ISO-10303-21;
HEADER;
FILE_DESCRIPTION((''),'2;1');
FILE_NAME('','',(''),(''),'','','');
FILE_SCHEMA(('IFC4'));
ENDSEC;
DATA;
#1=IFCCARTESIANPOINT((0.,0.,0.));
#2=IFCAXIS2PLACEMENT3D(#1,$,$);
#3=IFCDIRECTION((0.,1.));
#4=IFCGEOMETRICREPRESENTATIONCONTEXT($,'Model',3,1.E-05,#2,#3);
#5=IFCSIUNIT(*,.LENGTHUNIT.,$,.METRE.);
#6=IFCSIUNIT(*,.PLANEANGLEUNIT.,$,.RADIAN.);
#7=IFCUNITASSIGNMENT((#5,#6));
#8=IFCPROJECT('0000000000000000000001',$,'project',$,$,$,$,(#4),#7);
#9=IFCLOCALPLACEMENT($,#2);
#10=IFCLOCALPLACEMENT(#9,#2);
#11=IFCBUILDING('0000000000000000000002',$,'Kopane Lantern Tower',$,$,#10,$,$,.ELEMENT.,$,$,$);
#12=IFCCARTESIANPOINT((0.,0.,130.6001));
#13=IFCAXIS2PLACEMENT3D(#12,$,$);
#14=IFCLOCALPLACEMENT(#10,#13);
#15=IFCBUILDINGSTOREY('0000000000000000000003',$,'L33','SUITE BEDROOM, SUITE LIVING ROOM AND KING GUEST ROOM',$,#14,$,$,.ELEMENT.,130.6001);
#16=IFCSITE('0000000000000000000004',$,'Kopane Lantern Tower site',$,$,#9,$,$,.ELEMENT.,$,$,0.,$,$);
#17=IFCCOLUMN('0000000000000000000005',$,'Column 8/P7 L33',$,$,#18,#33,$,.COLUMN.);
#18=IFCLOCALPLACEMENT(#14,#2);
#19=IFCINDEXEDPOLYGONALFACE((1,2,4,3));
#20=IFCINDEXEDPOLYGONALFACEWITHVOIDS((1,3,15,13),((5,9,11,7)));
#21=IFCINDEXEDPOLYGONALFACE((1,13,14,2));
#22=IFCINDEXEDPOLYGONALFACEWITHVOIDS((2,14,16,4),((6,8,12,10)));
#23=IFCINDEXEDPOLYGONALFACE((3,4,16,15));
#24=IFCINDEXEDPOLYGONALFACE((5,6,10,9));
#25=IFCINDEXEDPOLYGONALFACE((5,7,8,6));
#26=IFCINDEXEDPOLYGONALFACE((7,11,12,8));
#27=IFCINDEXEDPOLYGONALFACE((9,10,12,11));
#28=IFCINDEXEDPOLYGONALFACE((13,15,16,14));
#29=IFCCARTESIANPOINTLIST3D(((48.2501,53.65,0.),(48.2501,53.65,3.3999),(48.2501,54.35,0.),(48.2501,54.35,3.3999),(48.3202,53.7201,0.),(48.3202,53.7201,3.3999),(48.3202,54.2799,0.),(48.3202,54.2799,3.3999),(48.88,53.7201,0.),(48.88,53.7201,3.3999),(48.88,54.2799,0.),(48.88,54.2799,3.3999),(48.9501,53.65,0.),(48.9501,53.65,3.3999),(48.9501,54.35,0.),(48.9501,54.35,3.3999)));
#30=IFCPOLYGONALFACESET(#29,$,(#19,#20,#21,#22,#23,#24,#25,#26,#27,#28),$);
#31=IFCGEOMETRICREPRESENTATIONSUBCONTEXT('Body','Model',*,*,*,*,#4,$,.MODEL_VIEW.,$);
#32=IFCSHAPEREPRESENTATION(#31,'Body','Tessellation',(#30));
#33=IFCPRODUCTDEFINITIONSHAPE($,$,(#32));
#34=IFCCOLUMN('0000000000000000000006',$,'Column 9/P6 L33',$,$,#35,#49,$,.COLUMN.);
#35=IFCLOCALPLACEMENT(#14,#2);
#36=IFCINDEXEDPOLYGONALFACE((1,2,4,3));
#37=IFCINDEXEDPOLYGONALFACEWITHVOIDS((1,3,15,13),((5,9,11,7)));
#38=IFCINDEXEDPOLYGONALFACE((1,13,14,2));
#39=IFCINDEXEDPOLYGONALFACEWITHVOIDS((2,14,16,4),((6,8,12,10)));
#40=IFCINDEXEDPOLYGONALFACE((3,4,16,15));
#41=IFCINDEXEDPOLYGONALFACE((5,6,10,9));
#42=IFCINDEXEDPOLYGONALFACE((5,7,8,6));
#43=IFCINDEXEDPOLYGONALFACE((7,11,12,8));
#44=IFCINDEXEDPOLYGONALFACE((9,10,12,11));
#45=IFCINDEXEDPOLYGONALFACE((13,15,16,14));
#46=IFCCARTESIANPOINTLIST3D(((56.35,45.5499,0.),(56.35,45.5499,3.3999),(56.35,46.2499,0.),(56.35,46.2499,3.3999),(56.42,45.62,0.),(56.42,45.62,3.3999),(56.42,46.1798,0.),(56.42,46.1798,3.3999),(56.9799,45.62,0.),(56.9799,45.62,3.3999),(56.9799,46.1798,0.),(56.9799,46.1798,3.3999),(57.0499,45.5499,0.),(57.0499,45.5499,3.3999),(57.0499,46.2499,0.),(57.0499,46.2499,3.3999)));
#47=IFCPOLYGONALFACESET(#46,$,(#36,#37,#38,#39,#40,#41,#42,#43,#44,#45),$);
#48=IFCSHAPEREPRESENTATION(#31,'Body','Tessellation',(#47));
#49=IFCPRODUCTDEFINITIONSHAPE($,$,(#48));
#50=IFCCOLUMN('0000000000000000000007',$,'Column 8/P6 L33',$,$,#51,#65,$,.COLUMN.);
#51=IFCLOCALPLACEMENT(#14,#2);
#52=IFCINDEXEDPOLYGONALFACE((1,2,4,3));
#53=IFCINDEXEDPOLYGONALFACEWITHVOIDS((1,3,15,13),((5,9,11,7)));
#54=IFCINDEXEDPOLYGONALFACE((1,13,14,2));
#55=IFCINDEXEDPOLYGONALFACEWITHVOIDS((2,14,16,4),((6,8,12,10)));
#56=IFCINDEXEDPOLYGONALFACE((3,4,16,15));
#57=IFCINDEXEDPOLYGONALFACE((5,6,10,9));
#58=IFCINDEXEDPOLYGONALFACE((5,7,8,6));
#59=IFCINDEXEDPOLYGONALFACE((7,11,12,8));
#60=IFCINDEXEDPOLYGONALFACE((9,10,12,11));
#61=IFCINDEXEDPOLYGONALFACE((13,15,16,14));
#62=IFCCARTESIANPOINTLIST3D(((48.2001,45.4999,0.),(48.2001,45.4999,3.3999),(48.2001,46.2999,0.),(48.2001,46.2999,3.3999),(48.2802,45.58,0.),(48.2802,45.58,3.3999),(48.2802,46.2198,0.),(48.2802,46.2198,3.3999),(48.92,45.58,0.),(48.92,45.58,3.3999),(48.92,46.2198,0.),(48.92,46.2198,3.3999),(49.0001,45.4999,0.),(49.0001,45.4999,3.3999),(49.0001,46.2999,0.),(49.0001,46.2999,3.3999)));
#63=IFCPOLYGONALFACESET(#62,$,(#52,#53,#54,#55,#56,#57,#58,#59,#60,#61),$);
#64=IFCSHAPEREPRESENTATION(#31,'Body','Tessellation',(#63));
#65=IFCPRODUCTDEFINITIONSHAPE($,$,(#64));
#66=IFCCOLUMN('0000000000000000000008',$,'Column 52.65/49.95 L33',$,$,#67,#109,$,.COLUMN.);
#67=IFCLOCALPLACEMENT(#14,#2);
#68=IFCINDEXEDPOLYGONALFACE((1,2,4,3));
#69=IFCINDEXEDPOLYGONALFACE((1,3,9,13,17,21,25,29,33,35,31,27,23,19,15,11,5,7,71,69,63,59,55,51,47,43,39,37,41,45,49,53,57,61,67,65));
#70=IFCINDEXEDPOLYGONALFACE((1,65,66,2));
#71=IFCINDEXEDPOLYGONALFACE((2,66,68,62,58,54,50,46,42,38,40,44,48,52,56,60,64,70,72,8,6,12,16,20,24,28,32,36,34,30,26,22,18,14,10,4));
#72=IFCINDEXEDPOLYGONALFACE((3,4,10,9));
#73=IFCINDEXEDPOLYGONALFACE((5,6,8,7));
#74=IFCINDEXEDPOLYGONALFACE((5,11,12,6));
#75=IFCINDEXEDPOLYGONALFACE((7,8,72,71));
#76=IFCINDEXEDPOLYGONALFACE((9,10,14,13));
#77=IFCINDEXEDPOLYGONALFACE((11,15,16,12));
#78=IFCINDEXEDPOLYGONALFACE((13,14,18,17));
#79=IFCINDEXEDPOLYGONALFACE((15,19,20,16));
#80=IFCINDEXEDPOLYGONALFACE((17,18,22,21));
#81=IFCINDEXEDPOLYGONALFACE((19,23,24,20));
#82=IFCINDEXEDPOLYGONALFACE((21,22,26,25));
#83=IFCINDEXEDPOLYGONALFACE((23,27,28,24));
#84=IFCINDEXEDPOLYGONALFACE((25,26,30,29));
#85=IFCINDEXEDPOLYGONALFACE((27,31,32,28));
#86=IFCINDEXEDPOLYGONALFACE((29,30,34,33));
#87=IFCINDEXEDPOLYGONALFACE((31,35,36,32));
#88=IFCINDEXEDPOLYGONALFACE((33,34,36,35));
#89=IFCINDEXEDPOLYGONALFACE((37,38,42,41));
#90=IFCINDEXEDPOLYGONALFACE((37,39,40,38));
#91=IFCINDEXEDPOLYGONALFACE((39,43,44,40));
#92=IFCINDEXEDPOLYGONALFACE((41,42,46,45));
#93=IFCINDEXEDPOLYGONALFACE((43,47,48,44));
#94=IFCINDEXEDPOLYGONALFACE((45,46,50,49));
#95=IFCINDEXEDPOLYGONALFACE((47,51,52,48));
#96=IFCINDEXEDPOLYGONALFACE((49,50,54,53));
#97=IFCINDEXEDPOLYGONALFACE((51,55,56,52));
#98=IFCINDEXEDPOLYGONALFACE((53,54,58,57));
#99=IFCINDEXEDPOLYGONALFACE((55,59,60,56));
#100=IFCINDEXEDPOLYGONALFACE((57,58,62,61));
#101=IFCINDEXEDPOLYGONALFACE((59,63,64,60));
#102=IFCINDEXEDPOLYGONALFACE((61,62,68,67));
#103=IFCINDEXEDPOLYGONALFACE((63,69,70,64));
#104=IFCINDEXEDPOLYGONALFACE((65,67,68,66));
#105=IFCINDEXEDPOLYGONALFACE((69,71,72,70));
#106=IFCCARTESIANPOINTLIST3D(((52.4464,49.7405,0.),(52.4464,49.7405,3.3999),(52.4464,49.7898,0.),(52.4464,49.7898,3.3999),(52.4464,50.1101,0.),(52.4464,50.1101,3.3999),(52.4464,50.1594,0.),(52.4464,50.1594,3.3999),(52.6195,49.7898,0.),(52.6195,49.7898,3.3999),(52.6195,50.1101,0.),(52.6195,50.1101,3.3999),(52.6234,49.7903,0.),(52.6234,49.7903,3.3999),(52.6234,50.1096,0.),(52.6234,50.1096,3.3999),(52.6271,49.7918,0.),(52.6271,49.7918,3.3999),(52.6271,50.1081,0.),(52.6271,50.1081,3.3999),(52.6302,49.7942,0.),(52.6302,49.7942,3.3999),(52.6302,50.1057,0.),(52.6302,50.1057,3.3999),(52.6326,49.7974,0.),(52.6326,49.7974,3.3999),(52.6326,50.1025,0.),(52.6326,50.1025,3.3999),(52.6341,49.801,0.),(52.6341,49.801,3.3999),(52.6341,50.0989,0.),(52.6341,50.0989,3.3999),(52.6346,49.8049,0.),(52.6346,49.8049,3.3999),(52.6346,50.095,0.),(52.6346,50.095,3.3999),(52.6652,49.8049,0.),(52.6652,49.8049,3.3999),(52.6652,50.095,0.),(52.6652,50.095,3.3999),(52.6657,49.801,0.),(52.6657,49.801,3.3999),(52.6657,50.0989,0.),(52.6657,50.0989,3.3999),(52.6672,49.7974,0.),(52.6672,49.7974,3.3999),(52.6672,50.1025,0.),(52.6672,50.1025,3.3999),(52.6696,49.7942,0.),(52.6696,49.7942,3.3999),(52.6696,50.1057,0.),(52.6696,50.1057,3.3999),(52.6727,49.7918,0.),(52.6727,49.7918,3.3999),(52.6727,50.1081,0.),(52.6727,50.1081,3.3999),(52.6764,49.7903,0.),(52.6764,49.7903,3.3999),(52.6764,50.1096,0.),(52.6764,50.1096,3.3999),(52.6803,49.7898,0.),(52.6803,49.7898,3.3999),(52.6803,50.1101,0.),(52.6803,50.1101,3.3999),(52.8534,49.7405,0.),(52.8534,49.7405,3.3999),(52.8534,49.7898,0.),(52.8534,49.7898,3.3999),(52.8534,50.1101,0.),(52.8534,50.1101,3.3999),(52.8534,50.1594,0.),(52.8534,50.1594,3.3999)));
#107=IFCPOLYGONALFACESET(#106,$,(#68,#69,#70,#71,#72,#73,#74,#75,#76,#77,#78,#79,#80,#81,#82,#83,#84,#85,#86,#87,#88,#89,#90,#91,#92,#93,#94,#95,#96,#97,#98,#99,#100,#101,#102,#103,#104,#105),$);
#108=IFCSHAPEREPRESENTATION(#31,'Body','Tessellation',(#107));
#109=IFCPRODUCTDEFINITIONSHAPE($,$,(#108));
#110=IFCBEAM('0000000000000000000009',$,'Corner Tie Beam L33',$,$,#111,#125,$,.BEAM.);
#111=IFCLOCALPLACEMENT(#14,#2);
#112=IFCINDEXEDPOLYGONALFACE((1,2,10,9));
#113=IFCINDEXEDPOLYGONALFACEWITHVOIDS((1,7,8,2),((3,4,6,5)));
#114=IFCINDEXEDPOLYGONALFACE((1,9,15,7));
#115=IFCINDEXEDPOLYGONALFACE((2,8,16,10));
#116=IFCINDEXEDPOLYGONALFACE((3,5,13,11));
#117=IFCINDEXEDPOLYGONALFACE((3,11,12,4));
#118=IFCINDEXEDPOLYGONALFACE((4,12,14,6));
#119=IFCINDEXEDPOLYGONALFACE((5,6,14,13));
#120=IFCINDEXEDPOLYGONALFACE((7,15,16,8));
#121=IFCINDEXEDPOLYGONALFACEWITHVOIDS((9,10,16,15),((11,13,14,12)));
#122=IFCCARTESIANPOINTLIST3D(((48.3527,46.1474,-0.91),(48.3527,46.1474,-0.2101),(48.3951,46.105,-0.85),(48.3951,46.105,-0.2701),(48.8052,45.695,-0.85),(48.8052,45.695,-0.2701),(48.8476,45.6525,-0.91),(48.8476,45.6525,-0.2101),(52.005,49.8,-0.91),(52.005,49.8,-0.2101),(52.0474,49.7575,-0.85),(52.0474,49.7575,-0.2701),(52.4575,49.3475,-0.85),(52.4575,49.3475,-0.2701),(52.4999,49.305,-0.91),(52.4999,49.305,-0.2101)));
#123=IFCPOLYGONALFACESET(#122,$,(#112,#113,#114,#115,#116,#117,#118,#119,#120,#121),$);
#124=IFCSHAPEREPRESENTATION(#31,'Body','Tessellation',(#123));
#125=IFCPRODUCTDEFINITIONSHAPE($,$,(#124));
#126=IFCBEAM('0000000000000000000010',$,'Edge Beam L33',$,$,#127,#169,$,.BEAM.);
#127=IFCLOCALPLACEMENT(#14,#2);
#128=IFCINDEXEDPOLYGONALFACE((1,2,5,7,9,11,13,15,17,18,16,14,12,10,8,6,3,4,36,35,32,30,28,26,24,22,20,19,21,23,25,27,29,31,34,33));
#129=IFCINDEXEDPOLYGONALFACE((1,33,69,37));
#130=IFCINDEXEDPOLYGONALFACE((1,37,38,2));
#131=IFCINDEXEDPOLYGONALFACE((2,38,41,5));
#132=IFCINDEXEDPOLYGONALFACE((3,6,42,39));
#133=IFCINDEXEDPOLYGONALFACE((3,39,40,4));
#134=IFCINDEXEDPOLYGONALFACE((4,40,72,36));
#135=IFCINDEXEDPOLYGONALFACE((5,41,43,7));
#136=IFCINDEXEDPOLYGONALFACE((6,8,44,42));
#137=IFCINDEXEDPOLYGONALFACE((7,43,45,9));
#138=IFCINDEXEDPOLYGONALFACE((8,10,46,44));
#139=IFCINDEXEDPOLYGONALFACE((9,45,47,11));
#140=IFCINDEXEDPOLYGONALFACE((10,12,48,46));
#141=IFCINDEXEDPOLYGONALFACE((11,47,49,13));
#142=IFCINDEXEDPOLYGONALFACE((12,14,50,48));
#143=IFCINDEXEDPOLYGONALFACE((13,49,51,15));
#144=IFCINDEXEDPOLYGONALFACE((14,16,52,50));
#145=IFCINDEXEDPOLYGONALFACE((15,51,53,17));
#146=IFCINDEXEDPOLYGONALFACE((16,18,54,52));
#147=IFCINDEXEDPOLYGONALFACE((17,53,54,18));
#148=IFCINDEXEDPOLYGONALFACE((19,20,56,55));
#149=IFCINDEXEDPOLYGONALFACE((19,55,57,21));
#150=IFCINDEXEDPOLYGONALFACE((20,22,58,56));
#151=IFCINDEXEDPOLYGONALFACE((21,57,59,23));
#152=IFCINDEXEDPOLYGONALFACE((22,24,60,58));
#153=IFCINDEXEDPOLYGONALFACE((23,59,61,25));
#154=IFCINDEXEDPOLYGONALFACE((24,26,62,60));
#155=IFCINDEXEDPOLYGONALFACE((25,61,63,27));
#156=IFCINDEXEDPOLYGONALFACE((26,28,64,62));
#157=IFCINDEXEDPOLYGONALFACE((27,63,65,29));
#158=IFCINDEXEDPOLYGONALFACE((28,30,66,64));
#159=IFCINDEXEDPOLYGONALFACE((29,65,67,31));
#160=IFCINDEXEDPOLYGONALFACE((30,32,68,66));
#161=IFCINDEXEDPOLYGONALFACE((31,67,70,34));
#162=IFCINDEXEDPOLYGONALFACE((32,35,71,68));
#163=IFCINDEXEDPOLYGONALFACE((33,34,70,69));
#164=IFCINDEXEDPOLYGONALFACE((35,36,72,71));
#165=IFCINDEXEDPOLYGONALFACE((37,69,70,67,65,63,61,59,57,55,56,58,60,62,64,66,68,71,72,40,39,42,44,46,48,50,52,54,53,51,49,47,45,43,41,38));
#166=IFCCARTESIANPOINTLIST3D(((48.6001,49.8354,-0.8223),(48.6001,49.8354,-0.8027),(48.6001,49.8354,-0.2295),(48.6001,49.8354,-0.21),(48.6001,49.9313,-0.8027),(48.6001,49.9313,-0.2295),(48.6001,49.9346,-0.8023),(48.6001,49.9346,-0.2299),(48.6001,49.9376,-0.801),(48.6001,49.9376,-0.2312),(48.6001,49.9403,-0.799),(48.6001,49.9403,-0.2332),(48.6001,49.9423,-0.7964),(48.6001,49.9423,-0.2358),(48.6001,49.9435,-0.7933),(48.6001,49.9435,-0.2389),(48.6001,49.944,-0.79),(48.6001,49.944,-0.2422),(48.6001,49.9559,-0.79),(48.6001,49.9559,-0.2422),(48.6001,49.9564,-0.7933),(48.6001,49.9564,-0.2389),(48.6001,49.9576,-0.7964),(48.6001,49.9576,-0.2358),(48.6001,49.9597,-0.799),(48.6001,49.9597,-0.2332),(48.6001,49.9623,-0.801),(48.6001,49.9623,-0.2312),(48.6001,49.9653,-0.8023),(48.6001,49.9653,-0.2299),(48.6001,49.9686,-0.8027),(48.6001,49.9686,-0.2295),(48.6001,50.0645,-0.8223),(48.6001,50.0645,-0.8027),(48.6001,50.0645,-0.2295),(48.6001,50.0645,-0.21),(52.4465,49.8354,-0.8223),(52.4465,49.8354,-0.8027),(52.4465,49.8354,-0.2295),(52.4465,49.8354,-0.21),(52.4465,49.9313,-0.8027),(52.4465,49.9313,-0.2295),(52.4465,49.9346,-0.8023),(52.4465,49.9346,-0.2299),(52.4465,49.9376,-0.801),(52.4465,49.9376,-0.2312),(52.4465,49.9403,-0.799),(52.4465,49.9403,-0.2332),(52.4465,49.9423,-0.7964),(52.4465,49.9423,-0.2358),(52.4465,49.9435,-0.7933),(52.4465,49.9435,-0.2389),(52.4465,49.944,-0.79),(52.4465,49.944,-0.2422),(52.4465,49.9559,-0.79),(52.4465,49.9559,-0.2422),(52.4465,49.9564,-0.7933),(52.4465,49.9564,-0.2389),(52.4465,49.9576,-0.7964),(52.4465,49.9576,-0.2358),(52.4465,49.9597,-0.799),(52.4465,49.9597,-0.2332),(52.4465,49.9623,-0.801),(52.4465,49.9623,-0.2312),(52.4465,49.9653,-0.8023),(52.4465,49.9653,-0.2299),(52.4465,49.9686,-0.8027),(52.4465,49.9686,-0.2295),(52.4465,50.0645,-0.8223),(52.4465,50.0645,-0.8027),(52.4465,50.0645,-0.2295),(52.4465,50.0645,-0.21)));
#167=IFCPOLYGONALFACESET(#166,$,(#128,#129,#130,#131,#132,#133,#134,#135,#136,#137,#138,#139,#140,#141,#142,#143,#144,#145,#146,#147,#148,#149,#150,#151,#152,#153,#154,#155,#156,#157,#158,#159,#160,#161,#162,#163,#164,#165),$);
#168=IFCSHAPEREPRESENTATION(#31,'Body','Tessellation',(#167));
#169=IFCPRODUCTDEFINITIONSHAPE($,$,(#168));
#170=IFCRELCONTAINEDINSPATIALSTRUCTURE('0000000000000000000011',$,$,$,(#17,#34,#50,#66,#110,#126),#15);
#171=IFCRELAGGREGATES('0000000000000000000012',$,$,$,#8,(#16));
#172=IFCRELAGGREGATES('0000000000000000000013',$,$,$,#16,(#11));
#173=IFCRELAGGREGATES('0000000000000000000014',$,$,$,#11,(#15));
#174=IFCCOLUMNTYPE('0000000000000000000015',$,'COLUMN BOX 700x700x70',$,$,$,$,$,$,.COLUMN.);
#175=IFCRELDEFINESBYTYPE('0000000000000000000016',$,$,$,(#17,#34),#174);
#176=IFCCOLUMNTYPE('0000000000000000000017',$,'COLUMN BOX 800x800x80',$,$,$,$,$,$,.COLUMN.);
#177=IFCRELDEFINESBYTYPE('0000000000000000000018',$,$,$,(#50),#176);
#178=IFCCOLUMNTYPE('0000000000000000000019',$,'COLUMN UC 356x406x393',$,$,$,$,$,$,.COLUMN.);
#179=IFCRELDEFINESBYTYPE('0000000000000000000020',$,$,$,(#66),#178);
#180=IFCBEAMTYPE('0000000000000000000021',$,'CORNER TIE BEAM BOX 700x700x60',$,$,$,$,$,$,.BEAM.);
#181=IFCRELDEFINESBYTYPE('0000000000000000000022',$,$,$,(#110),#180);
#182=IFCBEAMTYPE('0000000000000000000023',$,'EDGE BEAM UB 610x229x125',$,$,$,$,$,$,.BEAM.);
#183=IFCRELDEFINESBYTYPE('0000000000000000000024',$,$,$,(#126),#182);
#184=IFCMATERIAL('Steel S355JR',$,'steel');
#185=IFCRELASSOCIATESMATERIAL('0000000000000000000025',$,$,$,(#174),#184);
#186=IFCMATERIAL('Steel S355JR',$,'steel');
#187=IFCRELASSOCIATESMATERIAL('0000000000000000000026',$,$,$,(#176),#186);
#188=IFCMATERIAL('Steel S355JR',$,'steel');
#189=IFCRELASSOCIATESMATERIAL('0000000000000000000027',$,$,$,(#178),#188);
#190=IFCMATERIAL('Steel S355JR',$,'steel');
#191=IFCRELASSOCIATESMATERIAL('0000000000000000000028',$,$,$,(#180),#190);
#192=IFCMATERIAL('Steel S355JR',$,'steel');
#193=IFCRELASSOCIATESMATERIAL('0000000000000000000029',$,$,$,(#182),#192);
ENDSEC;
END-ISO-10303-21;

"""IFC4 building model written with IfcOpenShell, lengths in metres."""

from ifc_helpers import new_model, si_unit, direction, frame, origin, origin_2d, place, context, subcontext, project, spatial, hollow_rectangle, i_section, extrude, material, material_profile, profile_set, type_object, element, save


model = new_model("IFC4")

# Units and contexts
model_context = context("Model", 3, precision=1e-05, world=origin(), true_north=direction((0.0, 1.0)))
body_context = subcontext(model_context, "Body", "Model", "MODEL_VIEW")
ifc_project = project(units=[si_unit("LENGTHUNIT", "METRE"), si_unit("PLANEANGLEUNIT", "RADIAN")], contexts=[model_context])

# Site, building, storey
site_placement = place(None, origin())
site = spatial("IfcSite", under=ifc_project, at=site_placement, Name="Kopane Lantern Tower site", CompositionType="ELEMENT", RefElevation=0.0)
building_placement = place(site_placement, origin())
building = spatial("IfcBuilding", under=site, at=building_placement, Name="Kopane Lantern Tower", CompositionType="ELEMENT")
storey_placement = place(building_placement, frame((0.0, 0.0, 130.6001)))
storey = spatial("IfcBuildingStorey", under=building, at=storey_placement, Name="L33", Description="SUITE BEDROOM, SUITE LIVING ROOM AND KING GUEST ROOM", CompositionType="ELEMENT", Elevation=130.6001)

# Columns
ifc_material_1 = material(Name="Steel S355JR", Category="steel")
ifc_material_profile_1 = material_profile(ifc_material_1, hollow_rectangle(XDim=0.7, YDim=0.7, WallThickness=0.0701, at=origin_2d()), Name="BOX 700x700x70")
ifc_profile_set_1 = profile_set([ifc_material_profile_1], Name="Steel S355JR")
column_type_1 = type_object("IfcColumnType", Name="COLUMN BOX 700x700x70", PredefinedType="COLUMN", material=ifc_profile_set_1)
for number, where, z_axis, x_axis, name in (
    (1, (48.6001, 54.0, 0.0), (0.0, 0.0, 1.0), (1.0, 0.0, 0.0), "Column 8/P7 L33"),
    (2, (56.7, 45.8999, 0.0), (0.0, 0.0, 1.0), (1.0, 0.0, 0.0), "Column 9/P6 L33"),
):
    element("IfcColumn", number, at=place(storey_placement, frame(where, z_axis=z_axis, x_axis=x_axis)), inside=storey, type_object=column_type_1, Name=name, PredefinedType="COLUMN", context=body_context, shape_type="SweptSolid", body=[
        extrude(hollow_rectangle(XDim=0.7, YDim=0.7, WallThickness=0.0701, at=origin_2d()), origin(), (0.0, 0.0, 1.0), 3.3999),
    ])
ifc_material_2 = material(Name="Steel S355JR", Category="steel")
ifc_material_profile_2 = material_profile(ifc_material_2, hollow_rectangle(XDim=0.8, YDim=0.8, WallThickness=0.0801, at=origin_2d()), Name="BOX 800x800x80")
ifc_profile_set_2 = profile_set([ifc_material_profile_2], Name="Steel S355JR")
column_type_2 = type_object("IfcColumnType", Name="COLUMN BOX 800x800x80", PredefinedType="COLUMN", material=ifc_profile_set_2)
column_1_placement = place(storey_placement, frame((48.6001, 45.8999, 0.0), z_axis=(0.0, 0.0, 1.0), x_axis=(1.0, 0.0, 0.0)))
element("IfcColumn", 3, at=column_1_placement, inside=storey, type_object=column_type_2, Name="Column 8/P6 L33", PredefinedType="COLUMN", context=body_context, shape_type="SweptSolid", body=[
    extrude(hollow_rectangle(XDim=0.8, YDim=0.8, WallThickness=0.0801, at=origin_2d()), origin(), (0.0, 0.0, 1.0), 3.3999),
])
ifc_material_3 = material(Name="Steel S355JR", Category="steel")
ifc_material_profile_3 = material_profile(ifc_material_3, i_section(OverallWidth=0.407, OverallDepth=0.4189, WebThickness=0.0305, FlangeThickness=0.0493, FilletRadius=0.0151, at=origin_2d()), Name="UC 356x406x393")
ifc_profile_set_3 = profile_set([ifc_material_profile_3], Name="Steel S355JR")
column_type_3 = type_object("IfcColumnType", Name="COLUMN UC 356x406x393", PredefinedType="COLUMN", material=ifc_profile_set_3)
column_2_placement = place(storey_placement, frame((52.6499, 49.95, 0.0), z_axis=(0.0, 0.0, 1.0), x_axis=(1.0, 0.0, 0.0)))
element("IfcColumn", 4, at=column_2_placement, inside=storey, type_object=column_type_3, Name="Column 52.65/49.95 L33", PredefinedType="COLUMN", context=body_context, shape_type="SweptSolid", body=[
    extrude(i_section(OverallWidth=0.407, OverallDepth=0.4189, WebThickness=0.0305, FlangeThickness=0.0493, FilletRadius=0.0151, at=origin_2d()), origin(), (0.0, 0.0, 1.0), 3.3999),
])

# Beams
ifc_material_4 = material(Name="Steel S355JR", Category="steel")
ifc_material_profile_4 = material_profile(ifc_material_4, hollow_rectangle(XDim=0.7, YDim=0.7, WallThickness=0.0601, at=origin_2d()), Name="BOX 700x700x60")
ifc_profile_set_4 = profile_set([ifc_material_profile_4], Name="Steel S355JR")
beam_type_1 = type_object("IfcBeamType", Name="CORNER TIE BEAM BOX 700x700x60", PredefinedType="BEAM", material=ifc_profile_set_4)
beam_1_placement = place(storey_placement, frame((52.2524, 49.5525, -0.5601), z_axis=(-0.707083, -0.70713, 0.0), x_axis=(0.70713, -0.707083, 0.0)))
element("IfcBeam", 5, at=beam_1_placement, inside=storey, type_object=beam_type_1, Name="Corner Tie Beam L33", PredefinedType="BEAM", context=body_context, shape_type="SweptSolid", body=[
    extrude(hollow_rectangle(XDim=0.7, YDim=0.7, WallThickness=0.0601, at=origin_2d()), origin(), (0.0, 0.0, 1.0), 5.1653),
])
ifc_material_5 = material(Name="Steel S355JR", Category="steel")
ifc_material_profile_5 = material_profile(ifc_material_5, i_section(OverallWidth=0.229, OverallDepth=0.6123, WebThickness=0.012, FlangeThickness=0.0195, FilletRadius=0.0127, at=origin_2d()), Name="UB 610x229x125")
ifc_profile_set_5 = profile_set([ifc_material_profile_5], Name="Steel S355JR")
beam_type_2 = type_object("IfcBeamType", Name="EDGE BEAM UB 610x229x125", PredefinedType="BEAM", material=ifc_profile_set_5)
beam_2_placement = place(storey_placement, frame((52.4465, 49.95, -0.5161), z_axis=(-1.0, 0.0, 0.0), x_axis=(0.0, -1.0, 0.0)))
element("IfcBeam", 6, at=beam_2_placement, inside=storey, type_object=beam_type_2, Name="Edge Beam L33", PredefinedType="BEAM", context=body_context, shape_type="SweptSolid", body=[
    extrude(i_section(OverallWidth=0.229, OverallDepth=0.6123, WebThickness=0.012, FlangeThickness=0.0195, FilletRadius=0.0127, at=origin_2d()), origin(), (0.0, 0.0, 1.0), 3.8464),
])

save(model, "model.ifc")
